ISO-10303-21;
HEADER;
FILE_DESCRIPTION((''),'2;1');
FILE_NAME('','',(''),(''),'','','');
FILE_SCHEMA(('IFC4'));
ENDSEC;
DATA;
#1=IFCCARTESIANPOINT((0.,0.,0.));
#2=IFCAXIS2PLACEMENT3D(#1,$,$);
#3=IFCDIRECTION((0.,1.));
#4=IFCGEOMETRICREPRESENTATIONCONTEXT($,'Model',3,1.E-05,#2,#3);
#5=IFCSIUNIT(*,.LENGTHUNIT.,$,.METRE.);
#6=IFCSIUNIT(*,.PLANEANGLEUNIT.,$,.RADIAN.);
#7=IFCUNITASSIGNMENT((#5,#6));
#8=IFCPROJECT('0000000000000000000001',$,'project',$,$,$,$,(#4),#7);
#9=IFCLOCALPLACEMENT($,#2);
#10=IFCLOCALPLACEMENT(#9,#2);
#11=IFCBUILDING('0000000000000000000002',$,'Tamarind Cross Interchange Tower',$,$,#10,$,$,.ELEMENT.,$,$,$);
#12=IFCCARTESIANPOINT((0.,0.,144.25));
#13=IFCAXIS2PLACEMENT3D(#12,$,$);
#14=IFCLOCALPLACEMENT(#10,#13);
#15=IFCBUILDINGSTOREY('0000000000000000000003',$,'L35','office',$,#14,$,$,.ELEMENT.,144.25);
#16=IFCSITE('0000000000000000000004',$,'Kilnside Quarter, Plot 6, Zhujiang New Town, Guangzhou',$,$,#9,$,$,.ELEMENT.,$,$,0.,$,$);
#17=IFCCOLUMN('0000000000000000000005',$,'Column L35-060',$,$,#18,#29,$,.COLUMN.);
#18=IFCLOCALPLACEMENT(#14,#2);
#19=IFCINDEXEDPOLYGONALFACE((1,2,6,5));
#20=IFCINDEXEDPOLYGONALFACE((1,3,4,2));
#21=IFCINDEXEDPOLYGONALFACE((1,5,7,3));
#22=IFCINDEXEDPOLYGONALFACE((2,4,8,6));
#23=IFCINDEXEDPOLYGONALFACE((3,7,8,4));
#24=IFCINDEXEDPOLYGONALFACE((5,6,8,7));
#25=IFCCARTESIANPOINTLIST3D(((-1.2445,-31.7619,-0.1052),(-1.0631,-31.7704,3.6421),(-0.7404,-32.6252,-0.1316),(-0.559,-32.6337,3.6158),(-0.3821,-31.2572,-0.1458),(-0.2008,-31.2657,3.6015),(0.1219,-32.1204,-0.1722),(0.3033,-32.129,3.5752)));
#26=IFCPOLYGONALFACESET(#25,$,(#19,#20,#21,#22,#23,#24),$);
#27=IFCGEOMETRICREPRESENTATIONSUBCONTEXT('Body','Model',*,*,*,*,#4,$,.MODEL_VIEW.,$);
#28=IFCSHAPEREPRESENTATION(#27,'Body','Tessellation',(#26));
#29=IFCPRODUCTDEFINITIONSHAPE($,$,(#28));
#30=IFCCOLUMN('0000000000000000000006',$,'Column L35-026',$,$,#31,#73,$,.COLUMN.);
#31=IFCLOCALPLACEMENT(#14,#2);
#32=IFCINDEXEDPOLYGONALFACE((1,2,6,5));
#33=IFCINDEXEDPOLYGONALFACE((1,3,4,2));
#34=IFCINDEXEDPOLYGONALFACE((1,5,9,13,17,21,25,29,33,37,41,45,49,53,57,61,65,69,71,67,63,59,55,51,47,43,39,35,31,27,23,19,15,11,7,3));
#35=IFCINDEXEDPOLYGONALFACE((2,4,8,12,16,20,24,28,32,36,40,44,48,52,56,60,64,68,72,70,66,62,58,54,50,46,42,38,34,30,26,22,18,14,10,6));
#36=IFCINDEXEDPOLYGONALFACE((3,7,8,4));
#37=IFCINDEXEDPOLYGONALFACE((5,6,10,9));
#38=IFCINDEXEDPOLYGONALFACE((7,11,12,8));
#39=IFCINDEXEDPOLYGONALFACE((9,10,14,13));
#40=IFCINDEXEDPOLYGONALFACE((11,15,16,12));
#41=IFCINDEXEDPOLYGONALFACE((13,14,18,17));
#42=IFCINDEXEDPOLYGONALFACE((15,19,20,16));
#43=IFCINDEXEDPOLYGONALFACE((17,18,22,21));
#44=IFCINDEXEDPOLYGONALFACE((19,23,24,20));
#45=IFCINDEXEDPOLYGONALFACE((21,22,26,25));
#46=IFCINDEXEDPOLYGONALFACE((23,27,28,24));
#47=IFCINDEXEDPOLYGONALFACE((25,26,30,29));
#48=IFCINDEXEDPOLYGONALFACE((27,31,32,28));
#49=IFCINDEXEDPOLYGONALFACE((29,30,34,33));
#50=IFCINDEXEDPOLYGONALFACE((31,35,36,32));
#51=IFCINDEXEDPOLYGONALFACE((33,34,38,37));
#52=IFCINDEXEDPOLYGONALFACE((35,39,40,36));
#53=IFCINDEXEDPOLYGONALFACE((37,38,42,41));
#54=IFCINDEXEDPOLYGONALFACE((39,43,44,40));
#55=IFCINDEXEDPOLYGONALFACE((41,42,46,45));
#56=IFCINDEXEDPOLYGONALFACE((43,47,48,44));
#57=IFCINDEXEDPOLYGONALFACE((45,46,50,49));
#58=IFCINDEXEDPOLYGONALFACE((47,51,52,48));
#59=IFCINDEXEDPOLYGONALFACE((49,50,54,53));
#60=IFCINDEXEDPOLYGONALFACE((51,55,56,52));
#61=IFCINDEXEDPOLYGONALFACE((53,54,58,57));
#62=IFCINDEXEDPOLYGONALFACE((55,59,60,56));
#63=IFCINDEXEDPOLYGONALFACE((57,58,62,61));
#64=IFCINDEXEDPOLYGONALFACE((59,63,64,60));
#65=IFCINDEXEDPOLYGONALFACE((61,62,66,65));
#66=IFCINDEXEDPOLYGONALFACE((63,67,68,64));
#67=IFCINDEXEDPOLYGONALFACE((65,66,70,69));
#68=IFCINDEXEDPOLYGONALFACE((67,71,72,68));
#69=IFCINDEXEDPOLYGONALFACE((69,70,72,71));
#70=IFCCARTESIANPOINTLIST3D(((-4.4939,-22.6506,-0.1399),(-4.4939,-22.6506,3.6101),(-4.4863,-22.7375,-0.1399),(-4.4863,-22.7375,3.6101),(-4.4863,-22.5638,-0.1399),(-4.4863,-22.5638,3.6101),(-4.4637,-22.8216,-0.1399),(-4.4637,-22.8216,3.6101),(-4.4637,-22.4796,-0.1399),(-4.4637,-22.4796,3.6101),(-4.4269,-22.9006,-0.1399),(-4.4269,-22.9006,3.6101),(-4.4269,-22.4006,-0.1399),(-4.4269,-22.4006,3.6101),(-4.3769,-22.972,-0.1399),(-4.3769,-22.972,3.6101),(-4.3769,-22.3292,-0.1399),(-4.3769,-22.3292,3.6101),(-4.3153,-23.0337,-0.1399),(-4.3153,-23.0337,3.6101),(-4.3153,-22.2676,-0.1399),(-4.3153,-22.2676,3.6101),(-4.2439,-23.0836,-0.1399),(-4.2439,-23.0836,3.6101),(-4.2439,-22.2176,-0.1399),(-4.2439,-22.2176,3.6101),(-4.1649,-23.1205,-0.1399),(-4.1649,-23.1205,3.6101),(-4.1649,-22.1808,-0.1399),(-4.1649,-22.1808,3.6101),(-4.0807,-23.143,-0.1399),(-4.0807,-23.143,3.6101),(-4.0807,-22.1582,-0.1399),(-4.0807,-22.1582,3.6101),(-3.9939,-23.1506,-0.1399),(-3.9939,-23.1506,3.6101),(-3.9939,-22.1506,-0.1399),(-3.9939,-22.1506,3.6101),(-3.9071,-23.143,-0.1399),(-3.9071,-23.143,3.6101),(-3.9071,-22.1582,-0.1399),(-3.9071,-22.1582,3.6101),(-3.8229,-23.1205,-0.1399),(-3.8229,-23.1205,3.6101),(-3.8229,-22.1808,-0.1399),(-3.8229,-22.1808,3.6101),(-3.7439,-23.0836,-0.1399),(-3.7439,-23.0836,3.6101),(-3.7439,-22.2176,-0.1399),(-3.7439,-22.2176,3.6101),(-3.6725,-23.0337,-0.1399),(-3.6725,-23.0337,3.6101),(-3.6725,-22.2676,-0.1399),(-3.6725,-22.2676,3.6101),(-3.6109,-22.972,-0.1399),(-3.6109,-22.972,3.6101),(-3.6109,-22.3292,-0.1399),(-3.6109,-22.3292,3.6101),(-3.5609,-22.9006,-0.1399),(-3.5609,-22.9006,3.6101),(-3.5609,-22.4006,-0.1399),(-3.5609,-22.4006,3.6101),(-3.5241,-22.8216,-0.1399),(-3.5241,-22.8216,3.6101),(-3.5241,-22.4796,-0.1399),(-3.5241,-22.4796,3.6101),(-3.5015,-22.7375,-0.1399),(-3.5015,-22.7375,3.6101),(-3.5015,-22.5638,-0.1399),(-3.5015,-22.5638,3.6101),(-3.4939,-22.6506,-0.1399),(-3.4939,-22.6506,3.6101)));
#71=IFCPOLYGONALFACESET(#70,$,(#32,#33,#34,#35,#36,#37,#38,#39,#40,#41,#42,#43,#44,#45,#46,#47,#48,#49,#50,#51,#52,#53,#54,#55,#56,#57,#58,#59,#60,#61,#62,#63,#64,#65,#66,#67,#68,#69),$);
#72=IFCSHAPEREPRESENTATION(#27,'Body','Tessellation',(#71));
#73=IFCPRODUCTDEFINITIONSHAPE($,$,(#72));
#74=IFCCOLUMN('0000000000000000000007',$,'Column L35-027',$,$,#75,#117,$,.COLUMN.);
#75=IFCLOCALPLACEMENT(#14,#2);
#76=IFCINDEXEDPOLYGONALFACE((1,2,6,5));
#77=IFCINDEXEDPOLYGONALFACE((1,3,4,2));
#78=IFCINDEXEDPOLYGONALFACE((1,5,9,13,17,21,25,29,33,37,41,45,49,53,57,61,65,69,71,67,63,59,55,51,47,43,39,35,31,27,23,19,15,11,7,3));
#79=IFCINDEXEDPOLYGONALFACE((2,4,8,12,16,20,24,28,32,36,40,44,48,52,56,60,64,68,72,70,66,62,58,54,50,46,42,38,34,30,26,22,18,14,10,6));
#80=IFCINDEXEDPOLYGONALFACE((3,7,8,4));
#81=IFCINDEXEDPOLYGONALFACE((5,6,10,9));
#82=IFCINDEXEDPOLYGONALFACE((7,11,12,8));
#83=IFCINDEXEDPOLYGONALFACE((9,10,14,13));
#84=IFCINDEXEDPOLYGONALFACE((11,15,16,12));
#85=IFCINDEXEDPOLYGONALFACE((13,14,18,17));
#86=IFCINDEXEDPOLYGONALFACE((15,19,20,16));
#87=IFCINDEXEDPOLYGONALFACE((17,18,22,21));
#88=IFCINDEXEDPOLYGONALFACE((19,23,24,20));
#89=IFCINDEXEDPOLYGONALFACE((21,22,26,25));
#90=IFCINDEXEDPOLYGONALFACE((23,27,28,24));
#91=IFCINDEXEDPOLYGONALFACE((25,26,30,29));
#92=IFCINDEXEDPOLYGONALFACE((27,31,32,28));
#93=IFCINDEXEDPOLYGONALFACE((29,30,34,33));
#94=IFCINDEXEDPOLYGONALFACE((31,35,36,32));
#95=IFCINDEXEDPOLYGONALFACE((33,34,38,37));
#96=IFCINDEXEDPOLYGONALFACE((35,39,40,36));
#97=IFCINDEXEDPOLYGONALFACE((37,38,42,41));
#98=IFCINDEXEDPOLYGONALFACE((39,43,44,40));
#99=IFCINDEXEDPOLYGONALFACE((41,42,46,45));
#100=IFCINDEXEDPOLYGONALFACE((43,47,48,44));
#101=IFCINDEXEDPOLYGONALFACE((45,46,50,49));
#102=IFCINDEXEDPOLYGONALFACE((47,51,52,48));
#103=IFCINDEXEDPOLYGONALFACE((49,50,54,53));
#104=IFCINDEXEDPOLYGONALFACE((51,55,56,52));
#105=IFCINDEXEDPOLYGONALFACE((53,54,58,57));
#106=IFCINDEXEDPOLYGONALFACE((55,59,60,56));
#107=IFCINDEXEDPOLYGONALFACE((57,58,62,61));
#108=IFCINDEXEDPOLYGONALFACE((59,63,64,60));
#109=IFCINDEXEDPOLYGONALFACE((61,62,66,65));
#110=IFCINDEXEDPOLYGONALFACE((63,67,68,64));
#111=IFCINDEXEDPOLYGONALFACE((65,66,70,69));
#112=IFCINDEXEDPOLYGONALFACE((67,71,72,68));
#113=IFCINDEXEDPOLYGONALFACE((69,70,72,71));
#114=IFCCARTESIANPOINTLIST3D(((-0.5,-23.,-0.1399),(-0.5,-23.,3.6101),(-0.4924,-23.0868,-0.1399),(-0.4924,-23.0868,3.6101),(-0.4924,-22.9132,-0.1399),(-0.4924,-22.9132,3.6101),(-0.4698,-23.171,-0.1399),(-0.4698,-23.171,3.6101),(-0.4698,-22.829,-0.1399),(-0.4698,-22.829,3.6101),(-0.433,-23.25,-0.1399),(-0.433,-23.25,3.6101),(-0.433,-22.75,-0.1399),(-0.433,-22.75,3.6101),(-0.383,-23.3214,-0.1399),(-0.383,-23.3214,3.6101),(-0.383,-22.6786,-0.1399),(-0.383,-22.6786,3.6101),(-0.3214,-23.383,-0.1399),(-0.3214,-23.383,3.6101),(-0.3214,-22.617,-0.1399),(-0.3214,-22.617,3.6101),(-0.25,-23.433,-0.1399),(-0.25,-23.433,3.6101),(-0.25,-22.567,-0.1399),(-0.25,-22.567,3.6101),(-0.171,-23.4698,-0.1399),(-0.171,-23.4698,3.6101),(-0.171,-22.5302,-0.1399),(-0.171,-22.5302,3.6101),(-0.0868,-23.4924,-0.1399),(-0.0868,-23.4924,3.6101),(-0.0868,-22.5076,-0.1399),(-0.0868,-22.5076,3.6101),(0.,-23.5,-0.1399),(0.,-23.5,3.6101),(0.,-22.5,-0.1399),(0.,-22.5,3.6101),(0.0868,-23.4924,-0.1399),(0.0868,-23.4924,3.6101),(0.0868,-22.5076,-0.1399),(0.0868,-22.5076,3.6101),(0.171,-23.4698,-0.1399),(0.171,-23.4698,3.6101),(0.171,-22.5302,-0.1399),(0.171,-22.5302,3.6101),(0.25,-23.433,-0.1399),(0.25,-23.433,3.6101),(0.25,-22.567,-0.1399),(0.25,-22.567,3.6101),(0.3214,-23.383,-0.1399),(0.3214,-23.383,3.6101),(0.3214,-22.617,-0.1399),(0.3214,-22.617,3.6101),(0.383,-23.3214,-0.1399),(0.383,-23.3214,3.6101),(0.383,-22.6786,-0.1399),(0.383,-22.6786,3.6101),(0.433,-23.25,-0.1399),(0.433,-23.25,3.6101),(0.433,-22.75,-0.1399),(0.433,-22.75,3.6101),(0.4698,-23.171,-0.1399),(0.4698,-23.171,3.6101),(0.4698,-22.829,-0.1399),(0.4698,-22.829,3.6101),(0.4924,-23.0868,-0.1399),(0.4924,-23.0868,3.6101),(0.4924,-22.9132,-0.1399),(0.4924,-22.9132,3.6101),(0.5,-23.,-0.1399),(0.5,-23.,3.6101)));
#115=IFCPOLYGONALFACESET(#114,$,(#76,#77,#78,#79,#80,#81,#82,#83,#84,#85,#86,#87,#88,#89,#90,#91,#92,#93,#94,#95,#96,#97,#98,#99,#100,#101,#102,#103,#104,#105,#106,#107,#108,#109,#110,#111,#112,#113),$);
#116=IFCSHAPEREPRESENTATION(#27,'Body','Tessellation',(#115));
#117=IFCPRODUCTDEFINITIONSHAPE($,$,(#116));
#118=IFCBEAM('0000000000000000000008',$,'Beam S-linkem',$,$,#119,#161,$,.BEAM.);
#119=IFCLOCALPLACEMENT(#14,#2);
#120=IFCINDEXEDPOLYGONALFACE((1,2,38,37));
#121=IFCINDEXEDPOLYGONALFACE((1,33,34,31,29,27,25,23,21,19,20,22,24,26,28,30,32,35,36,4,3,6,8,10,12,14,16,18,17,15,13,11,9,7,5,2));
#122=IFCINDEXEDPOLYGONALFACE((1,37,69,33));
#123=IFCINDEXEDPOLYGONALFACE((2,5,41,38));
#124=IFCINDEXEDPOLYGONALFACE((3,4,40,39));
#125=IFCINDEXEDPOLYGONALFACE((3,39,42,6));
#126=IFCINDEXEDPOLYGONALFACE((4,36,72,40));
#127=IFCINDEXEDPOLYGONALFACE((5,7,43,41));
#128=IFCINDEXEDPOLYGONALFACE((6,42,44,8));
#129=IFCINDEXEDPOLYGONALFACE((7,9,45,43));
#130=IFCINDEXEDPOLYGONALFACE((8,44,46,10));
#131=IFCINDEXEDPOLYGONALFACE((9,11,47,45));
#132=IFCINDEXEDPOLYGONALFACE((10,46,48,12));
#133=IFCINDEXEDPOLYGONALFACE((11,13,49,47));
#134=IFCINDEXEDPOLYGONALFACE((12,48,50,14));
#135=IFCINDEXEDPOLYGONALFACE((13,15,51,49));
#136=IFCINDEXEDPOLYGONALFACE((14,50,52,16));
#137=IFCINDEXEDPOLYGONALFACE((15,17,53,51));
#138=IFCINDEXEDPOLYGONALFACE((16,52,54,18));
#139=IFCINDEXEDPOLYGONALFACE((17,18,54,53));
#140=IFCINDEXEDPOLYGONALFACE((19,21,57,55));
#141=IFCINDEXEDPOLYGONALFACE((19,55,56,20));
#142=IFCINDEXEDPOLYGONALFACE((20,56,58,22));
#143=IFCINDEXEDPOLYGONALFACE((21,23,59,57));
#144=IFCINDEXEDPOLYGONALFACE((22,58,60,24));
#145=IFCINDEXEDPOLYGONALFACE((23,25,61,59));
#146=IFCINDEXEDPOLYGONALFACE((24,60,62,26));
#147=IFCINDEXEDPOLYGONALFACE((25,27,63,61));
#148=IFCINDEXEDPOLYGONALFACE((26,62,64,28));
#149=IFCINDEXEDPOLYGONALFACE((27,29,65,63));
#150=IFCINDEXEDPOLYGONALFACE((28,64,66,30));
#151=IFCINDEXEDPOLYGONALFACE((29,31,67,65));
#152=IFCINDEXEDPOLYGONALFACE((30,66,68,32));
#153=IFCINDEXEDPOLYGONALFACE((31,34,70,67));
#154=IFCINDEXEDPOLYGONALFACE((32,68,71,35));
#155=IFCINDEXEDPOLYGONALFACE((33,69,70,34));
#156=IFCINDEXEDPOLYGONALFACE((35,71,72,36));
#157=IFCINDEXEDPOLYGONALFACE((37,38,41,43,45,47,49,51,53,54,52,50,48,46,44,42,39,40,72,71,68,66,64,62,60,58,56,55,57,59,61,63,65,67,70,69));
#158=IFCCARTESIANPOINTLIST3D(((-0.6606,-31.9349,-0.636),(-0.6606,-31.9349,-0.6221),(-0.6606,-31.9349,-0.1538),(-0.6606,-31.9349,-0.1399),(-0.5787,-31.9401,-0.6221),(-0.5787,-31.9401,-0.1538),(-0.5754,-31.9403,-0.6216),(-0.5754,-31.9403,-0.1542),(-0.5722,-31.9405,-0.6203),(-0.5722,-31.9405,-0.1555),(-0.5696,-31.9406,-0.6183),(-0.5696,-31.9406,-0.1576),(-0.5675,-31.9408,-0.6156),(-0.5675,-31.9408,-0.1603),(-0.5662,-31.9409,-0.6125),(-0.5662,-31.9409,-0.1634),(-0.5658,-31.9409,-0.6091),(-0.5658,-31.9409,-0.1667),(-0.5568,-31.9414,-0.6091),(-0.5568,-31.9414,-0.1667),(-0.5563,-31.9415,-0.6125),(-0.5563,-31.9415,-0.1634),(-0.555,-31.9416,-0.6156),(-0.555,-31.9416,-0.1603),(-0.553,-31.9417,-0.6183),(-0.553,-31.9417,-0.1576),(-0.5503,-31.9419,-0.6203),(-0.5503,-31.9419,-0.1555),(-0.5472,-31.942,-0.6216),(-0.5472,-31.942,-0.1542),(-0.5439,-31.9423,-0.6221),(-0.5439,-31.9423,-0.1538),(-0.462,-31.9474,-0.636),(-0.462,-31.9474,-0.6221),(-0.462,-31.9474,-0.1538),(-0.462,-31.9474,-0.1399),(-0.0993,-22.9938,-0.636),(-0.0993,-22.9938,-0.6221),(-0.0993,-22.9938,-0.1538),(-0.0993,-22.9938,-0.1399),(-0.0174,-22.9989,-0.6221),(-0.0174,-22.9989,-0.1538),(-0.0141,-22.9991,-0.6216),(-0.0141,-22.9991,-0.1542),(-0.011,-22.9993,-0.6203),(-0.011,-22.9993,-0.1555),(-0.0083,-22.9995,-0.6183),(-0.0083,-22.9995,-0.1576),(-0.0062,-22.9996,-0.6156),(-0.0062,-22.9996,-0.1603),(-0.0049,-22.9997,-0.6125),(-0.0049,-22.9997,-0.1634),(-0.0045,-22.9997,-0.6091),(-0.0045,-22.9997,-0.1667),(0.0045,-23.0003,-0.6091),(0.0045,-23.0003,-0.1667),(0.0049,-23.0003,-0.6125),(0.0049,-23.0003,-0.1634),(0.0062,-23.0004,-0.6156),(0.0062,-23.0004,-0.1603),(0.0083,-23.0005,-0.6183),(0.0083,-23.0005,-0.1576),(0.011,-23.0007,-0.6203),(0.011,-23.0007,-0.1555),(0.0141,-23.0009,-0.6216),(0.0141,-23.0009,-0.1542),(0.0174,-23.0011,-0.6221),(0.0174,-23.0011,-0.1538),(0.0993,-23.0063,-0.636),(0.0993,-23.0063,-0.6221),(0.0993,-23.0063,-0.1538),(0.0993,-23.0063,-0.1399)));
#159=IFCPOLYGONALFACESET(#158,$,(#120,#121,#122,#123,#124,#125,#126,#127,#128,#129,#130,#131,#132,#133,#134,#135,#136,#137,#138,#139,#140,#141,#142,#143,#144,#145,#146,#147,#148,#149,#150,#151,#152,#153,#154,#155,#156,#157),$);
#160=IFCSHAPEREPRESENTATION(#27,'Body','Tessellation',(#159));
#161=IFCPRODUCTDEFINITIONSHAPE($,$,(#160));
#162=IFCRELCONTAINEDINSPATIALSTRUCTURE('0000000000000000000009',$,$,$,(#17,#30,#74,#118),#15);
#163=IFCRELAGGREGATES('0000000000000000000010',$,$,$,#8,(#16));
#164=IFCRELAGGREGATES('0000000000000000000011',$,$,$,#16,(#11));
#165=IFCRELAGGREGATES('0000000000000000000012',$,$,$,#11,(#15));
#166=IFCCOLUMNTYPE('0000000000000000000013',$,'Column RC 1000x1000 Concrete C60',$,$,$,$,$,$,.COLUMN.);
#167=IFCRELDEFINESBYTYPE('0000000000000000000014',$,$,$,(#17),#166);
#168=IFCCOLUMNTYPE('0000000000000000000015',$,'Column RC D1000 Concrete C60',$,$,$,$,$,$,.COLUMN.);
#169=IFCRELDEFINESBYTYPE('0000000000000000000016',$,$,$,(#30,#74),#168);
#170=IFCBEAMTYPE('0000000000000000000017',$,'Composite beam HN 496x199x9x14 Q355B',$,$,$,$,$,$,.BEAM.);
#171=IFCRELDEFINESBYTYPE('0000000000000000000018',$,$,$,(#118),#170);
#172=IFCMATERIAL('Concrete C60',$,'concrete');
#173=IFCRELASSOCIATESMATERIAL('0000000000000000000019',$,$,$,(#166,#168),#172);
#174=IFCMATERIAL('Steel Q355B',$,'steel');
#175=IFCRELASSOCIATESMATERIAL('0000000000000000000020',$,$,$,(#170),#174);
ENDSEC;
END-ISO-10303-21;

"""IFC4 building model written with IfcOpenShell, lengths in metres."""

from ifc_helpers import new_model, si_unit, direction, frame, origin, origin_2d, place, context, subcontext, project, spatial, rectangle, circle, i_section, extrude, material, material_profile, profile_set, type_object, element, save


model = new_model("IFC4")

# Units and contexts
model_context = context("Model", 3, precision=1e-05, world=origin(), true_north=direction((0.0, 1.0)))
body_context = subcontext(model_context, "Body", "Model", "MODEL_VIEW")
ifc_project = project(units=[si_unit("LENGTHUNIT", "METRE"), si_unit("PLANEANGLEUNIT", "RADIAN")], contexts=[model_context])

# Site, building, storey
site_placement = place(None, origin())
site = spatial("IfcSite", under=ifc_project, at=site_placement, Name="Kilnside Quarter, Plot 6, Zhujiang New Town, Guangzhou", CompositionType="ELEMENT", RefElevation=0.0)
building_placement = place(site_placement, origin())
building = spatial("IfcBuilding", under=site, at=building_placement, Name="Tamarind Cross Interchange Tower", CompositionType="ELEMENT")
storey_placement = place(building_placement, frame((0.0, 0.0, 144.25)))
storey = spatial("IfcBuildingStorey", under=building, at=storey_placement, Name="L35", Description="office", CompositionType="ELEMENT", Elevation=144.25)

# Columns
ifc_material_1 = material(Name="Concrete C60", Category="concrete")
ifc_material_profile_1 = material_profile(ifc_material_1, rectangle(XDim=1.0, YDim=1.0, at=origin_2d()), Name="RC 1000x1000")
ifc_profile_set_1 = profile_set([ifc_material_profile_1], Name="Concrete C60")
column_type_1 = type_object("IfcColumnType", Name="Column RC 1000x1000 Concrete C60", PredefinedType="COLUMN", material=ifc_profile_set_1)
column_placement = place(storey_placement, frame((-0.5613, -31.9412, -0.1387), z_axis=(0.04835, -0.002278, 0.998828), x_axis=(-0.504057, 0.863268, 0.026368)))
element("IfcColumn", 1, at=column_placement, inside=storey, type_object=column_type_1, Name="Column L35-060", PredefinedType="COLUMN", context=body_context, shape_type="SweptSolid", body=[
    extrude(rectangle(XDim=1.0, YDim=1.0, at=origin_2d()), origin(), (0.0, 0.0, 1.0), 3.7517),
])
ifc_material_profile_2 = material_profile(ifc_material_1, circle(Radius=0.5, at=origin_2d()), Name="RC D1000")
ifc_profile_set_2 = profile_set([ifc_material_profile_2], Name="Concrete C60")
column_type_2 = type_object("IfcColumnType", Name="Column RC D1000 Concrete C60", PredefinedType="COLUMN", material=ifc_profile_set_2)
for number, where, z_axis, x_axis, name in (
    (2, (-3.9939, -22.6506, -0.1399), (0.0, 0.0, 1.0), (1.0, 0.0, 0.0), "Column L35-026"),
    (3, (0.0, -23.0, -0.1399), (0.0, 0.0, 1.0), (1.0, 0.0, 0.0), "Column L35-027"),
):
    element("IfcColumn", number, at=place(storey_placement, frame(where, z_axis=z_axis, x_axis=x_axis)), inside=storey, type_object=column_type_2, Name=name, PredefinedType="COLUMN", context=body_context, shape_type="SweptSolid", body=[
        extrude(circle(Radius=0.5, at=origin_2d()), origin(), (0.0, 0.0, 1.0), 3.75),
    ])

# Beam
ifc_material_2 = material(Name="Steel Q355B", Category="steel")
ifc_material_profile_3 = material_profile(ifc_material_2, i_section(OverallWidth=0.199, OverallDepth=0.4961, WebThickness=0.009, FlangeThickness=0.0139, FilletRadius=0.0129, at=origin_2d()), Name="HN 496x199x9x14")
ifc_profile_set_3 = profile_set([ifc_material_profile_3], Name="Steel Q355B")
beam_type_1 = type_object("IfcBeamType", Name="Composite beam HN 496x199x9x14 Q355B", PredefinedType="BEAM", material=ifc_profile_set_3)
beam_1_placement = place(storey_placement, frame((-0.5613, -31.9412, -0.3879), z_axis=(0.062651, 0.998035, 0.0), x_axis=(-0.998035, 0.062651, 0.0)))
element("IfcBeam", 4, at=beam_1_placement, inside=storey, type_object=beam_type_1, Name="Beam S-linkem", PredefinedType="BEAM", context=body_context, shape_type="SweptSolid", body=[
    extrude(i_section(OverallWidth=0.199, OverallDepth=0.4961, WebThickness=0.009, FlangeThickness=0.0139, FilletRadius=0.0129, at=origin_2d()), origin(), (0.0, 0.0, 1.0), 8.9587),
])

save(model, "model.ifc")
